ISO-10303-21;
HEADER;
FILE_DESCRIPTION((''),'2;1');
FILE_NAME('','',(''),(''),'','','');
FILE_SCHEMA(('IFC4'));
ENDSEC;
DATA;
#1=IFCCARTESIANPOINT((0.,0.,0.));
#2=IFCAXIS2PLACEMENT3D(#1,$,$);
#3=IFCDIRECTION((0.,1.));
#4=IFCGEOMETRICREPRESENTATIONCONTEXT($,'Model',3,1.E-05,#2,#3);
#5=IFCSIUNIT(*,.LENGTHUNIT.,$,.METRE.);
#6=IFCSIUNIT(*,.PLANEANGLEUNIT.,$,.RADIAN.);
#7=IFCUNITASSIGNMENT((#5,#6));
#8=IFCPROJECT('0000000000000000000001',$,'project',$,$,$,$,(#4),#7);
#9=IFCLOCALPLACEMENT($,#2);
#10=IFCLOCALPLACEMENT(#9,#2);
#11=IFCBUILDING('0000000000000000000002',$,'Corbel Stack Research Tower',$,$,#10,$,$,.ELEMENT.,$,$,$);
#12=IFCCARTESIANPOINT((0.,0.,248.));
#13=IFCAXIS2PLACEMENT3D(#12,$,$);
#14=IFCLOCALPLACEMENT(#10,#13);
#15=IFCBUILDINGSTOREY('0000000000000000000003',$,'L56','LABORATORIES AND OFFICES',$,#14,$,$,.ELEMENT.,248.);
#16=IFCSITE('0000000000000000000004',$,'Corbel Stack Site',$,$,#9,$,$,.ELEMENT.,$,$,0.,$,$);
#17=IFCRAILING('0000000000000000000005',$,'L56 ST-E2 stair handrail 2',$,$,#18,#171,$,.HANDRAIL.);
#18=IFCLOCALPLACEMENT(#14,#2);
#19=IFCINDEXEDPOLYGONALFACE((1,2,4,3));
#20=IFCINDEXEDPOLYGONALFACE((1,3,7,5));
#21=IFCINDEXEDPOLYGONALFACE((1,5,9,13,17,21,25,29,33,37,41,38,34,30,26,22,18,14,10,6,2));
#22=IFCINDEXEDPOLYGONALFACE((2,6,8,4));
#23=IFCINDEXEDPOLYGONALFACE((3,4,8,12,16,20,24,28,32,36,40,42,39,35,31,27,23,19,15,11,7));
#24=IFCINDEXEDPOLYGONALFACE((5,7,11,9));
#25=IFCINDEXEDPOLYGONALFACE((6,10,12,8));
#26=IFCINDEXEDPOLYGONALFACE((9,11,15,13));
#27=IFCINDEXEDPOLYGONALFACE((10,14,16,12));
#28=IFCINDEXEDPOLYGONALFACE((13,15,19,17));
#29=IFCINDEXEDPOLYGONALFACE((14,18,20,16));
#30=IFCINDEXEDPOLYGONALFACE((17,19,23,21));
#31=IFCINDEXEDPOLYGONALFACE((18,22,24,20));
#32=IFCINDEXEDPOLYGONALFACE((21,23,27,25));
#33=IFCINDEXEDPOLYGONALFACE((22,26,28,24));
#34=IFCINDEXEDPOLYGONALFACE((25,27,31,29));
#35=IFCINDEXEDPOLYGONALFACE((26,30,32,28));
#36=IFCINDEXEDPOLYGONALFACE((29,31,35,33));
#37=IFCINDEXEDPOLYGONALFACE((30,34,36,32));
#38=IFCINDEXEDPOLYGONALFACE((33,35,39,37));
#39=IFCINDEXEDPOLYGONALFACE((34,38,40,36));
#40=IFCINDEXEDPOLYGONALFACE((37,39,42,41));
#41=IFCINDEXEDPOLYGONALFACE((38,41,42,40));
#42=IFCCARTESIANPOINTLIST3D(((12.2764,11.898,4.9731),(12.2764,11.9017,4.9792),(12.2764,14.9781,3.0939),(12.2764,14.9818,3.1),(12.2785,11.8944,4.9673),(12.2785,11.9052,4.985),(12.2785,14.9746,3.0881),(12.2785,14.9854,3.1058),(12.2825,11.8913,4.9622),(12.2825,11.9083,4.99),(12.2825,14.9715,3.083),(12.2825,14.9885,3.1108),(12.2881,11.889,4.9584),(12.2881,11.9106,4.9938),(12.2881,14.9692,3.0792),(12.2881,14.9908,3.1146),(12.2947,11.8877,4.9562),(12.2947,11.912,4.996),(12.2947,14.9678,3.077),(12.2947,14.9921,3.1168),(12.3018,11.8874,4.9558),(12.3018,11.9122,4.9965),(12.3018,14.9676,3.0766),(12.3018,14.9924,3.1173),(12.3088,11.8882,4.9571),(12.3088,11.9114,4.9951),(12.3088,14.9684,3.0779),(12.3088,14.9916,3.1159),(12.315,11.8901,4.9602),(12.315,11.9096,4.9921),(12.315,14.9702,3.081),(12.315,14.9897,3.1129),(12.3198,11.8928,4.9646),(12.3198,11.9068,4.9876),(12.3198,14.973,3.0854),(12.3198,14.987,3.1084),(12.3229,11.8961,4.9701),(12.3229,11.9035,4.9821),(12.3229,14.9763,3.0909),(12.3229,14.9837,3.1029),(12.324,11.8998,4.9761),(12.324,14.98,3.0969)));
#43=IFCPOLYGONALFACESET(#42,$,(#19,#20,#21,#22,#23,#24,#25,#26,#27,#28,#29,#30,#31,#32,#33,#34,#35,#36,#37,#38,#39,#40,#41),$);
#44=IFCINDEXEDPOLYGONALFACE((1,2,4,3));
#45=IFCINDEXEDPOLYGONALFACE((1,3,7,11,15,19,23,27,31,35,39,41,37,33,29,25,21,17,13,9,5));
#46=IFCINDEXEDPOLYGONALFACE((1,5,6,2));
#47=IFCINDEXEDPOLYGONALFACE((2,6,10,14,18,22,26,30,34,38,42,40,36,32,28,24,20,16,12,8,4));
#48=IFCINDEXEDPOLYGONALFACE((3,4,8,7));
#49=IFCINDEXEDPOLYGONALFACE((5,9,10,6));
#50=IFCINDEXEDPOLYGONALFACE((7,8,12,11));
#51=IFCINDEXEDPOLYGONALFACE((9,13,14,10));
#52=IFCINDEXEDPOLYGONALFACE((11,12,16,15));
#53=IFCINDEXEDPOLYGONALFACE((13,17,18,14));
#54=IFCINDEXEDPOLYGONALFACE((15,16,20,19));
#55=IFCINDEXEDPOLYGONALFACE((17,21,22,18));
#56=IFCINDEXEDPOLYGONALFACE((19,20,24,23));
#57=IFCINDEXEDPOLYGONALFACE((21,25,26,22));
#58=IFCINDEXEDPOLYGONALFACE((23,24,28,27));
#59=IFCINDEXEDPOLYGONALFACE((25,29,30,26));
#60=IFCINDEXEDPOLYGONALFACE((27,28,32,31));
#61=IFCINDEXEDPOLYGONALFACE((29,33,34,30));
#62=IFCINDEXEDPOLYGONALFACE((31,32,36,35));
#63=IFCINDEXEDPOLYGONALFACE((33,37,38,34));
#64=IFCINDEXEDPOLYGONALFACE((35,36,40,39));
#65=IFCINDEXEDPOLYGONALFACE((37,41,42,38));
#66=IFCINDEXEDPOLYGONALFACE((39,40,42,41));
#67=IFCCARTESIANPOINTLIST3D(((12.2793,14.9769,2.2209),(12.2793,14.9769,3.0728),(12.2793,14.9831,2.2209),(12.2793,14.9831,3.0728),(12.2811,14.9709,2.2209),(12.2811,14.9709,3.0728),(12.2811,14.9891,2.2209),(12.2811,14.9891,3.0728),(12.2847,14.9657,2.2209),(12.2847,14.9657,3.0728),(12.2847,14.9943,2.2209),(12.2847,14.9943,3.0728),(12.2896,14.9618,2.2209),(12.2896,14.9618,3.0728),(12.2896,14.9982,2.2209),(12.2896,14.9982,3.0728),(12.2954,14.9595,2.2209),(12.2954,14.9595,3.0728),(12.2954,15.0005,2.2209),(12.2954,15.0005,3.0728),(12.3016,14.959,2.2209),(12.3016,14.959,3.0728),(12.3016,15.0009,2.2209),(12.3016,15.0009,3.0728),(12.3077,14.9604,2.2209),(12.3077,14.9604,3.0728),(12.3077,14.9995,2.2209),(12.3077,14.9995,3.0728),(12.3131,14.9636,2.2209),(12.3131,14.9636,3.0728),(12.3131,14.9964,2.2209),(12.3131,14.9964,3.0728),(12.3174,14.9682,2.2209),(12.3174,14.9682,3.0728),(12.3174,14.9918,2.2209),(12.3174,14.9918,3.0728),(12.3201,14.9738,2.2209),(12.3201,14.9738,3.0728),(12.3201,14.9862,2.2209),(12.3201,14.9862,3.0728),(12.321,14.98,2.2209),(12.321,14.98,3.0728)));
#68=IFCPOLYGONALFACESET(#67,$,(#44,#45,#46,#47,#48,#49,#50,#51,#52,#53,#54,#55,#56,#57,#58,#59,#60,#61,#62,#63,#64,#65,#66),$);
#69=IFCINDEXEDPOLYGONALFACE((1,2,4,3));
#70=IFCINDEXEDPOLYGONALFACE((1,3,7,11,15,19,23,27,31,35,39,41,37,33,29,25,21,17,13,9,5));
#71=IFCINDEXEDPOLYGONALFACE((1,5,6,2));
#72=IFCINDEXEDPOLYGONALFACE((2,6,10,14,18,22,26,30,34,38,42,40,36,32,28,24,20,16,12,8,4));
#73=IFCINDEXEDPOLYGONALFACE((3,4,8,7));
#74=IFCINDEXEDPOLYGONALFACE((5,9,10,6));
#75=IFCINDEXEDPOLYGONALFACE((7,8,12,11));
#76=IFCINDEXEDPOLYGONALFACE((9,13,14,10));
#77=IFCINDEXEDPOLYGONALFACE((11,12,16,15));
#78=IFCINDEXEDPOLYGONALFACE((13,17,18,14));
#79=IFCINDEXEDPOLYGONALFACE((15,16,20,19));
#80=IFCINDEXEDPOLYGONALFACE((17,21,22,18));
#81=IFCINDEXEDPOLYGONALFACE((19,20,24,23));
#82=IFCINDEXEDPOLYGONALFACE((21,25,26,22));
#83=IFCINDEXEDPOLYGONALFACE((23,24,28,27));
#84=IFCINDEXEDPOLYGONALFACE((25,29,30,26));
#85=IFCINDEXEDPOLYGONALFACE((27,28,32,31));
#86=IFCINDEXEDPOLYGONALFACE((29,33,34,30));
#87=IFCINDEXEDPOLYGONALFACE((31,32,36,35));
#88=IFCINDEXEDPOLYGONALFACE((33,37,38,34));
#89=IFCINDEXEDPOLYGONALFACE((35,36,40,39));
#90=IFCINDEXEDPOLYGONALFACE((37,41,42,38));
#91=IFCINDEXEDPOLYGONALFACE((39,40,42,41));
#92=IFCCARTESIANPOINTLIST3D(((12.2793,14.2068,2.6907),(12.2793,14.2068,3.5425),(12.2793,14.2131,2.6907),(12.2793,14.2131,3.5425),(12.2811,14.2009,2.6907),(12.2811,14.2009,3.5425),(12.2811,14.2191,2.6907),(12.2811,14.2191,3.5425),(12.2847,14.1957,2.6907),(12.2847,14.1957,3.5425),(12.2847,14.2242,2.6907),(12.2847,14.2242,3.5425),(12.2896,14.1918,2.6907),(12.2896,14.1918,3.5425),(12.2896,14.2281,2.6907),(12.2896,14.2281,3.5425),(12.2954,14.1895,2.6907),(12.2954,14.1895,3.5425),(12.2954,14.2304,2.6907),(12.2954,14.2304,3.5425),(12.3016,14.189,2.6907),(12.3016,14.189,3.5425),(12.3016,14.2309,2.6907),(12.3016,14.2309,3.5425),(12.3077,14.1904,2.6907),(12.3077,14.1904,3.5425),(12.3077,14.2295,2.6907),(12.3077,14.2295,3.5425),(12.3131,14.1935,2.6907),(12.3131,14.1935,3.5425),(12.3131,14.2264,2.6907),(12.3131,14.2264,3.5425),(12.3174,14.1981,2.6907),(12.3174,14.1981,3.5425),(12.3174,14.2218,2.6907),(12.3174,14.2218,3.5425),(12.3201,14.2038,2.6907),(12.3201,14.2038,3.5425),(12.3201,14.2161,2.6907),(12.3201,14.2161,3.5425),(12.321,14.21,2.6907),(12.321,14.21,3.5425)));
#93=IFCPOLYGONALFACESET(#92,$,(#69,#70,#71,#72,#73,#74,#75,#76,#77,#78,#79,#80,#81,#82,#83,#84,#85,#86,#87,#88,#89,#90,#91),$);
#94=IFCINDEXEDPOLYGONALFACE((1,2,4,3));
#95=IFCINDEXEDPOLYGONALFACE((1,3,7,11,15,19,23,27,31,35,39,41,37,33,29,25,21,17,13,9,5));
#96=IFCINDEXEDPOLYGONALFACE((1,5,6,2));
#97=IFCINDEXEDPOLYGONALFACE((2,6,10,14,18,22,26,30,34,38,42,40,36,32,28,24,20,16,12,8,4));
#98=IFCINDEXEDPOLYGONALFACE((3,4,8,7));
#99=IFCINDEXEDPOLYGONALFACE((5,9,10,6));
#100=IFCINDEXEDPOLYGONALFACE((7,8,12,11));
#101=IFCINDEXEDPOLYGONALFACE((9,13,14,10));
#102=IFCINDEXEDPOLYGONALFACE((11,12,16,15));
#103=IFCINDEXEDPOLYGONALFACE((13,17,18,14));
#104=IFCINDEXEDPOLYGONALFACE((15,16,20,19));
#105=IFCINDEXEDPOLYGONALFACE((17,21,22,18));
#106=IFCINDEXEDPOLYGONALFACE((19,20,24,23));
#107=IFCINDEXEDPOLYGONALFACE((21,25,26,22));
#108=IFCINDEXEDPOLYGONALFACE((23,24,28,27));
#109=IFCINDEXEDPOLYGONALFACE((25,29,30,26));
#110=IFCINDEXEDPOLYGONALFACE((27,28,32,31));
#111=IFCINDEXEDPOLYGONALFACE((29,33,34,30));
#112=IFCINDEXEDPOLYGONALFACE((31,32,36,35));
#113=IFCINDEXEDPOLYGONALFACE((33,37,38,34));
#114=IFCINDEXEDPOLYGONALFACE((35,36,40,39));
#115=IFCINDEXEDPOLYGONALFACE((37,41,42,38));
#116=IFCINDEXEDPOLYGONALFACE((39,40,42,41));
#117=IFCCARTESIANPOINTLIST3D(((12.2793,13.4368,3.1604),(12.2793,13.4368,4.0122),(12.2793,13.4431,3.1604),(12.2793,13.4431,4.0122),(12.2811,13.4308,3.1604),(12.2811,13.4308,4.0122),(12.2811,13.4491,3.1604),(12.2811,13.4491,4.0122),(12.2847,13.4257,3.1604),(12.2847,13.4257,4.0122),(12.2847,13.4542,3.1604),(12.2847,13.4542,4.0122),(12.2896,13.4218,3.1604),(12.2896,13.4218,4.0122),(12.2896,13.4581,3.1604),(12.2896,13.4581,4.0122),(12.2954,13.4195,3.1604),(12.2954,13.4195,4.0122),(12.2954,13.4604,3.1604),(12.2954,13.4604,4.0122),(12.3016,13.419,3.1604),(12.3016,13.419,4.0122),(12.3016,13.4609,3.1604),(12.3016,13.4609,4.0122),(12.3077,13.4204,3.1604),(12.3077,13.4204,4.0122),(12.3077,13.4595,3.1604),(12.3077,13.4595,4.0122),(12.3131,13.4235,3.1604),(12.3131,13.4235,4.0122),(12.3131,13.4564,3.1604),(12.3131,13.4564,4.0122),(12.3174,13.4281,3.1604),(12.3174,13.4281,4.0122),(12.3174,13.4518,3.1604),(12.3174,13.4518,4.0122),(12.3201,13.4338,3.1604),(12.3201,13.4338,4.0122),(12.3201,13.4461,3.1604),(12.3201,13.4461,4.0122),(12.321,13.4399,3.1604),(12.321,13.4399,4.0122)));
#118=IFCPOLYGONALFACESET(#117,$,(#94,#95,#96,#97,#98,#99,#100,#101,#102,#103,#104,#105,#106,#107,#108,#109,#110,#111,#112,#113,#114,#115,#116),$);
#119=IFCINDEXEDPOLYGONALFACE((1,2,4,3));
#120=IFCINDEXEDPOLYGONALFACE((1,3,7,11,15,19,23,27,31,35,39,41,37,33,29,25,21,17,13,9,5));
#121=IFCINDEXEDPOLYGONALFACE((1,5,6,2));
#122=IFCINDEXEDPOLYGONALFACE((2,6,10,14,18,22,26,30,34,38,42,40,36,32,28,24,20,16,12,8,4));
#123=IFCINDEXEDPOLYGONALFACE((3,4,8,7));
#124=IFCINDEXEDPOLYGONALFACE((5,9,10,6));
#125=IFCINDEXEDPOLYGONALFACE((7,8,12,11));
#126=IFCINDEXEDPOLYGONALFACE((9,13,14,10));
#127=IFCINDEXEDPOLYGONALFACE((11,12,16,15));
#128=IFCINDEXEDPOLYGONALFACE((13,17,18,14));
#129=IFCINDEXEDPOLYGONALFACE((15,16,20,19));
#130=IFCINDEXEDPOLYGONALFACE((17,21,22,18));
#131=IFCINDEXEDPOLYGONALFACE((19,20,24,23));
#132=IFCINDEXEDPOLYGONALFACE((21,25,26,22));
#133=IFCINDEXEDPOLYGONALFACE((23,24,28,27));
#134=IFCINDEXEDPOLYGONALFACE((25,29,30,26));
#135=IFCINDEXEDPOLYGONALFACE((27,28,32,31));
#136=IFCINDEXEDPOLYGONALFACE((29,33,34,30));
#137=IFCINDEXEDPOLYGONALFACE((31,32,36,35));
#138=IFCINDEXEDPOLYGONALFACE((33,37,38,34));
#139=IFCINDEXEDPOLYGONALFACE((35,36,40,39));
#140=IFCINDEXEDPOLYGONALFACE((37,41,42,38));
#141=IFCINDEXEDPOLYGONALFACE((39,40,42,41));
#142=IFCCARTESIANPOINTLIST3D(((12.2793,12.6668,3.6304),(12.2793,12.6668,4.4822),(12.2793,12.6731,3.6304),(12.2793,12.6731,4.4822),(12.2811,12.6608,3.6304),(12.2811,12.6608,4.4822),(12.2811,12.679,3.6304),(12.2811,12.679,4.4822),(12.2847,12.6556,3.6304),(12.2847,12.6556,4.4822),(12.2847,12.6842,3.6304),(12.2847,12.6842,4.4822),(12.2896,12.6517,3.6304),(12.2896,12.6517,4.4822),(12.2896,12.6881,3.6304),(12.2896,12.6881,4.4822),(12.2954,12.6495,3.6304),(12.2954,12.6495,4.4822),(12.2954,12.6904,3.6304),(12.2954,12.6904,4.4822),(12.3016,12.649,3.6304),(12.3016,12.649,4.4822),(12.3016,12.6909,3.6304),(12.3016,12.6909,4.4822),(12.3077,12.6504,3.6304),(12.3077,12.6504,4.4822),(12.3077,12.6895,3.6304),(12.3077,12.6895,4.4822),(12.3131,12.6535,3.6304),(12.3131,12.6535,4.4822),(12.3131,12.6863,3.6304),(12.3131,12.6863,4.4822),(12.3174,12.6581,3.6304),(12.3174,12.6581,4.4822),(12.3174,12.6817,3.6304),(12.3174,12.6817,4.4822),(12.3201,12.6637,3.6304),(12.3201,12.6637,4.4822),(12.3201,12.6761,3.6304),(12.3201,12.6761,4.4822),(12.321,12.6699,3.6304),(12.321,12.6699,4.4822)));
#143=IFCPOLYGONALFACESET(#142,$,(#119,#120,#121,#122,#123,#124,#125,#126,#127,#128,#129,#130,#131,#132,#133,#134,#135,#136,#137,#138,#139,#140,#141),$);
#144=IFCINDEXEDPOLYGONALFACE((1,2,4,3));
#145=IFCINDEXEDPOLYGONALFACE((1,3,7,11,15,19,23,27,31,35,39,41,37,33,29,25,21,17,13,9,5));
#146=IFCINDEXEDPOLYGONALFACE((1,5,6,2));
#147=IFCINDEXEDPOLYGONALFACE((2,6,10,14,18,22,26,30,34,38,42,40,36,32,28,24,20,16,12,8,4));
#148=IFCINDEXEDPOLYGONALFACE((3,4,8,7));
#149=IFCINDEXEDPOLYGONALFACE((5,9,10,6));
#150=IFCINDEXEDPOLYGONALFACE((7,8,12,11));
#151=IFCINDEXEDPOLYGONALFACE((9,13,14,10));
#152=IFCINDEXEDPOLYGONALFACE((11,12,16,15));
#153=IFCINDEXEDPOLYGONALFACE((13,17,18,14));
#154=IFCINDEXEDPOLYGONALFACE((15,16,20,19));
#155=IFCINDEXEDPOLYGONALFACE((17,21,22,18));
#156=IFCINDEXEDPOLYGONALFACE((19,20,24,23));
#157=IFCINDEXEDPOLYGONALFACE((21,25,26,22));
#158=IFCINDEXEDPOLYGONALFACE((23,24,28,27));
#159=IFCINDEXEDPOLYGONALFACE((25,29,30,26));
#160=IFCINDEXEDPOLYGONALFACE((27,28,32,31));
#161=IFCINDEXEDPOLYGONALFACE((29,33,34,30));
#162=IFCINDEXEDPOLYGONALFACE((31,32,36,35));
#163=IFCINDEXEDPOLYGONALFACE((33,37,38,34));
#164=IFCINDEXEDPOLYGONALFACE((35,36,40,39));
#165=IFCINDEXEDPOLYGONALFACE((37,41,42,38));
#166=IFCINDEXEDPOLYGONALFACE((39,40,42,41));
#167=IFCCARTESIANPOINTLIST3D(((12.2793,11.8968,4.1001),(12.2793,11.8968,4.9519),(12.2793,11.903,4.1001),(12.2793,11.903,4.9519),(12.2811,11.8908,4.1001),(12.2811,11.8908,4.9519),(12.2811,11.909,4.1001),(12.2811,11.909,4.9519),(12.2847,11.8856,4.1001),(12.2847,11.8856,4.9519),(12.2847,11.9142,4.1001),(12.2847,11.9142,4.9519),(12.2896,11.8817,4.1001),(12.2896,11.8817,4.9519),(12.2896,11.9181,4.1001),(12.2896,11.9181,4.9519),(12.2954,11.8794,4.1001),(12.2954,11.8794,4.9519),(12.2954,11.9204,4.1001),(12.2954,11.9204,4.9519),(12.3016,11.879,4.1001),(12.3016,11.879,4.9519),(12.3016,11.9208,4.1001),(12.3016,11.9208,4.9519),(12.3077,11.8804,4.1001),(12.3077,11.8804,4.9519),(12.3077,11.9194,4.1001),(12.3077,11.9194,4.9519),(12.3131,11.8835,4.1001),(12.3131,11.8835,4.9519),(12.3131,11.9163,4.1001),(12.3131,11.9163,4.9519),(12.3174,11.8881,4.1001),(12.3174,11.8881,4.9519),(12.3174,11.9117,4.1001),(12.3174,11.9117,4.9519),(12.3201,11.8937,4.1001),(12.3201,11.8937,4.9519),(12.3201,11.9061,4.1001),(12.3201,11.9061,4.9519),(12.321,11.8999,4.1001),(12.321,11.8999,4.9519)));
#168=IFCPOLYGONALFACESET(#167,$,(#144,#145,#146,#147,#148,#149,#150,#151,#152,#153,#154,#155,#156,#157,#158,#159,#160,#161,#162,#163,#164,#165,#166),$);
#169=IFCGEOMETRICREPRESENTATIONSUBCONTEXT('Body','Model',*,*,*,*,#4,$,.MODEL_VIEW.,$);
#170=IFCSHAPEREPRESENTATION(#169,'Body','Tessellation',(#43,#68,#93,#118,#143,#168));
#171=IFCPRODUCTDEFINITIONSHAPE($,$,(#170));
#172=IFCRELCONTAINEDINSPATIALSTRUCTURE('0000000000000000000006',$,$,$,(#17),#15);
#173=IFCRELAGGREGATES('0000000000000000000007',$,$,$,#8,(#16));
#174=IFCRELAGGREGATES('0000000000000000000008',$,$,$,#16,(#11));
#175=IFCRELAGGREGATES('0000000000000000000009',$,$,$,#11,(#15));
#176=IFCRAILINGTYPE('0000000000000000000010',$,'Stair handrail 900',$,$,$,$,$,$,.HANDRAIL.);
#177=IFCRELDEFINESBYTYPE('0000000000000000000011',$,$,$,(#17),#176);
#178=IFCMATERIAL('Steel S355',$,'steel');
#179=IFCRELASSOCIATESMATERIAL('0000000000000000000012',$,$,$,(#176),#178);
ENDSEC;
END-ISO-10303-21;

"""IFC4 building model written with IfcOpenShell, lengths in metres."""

from ifc_helpers import new_model, si_unit, direction, frame, origin, origin_2d, place, context, subcontext, project, spatial, circle, extrude, material, type_object, element, save


model = new_model("IFC4")

# Units and contexts
model_context = context("Model", 3, precision=1e-05, world=origin(), true_north=direction((0.0, 1.0)))
body_context = subcontext(model_context, "Body", "Model", "MODEL_VIEW")
ifc_project = project(units=[si_unit("LENGTHUNIT", "METRE"), si_unit("PLANEANGLEUNIT", "RADIAN")], contexts=[model_context])

# Site, building, storey
site_placement = place(None, origin())
site = spatial("IfcSite", under=ifc_project, at=site_placement, Name="Corbel Stack Site", CompositionType="ELEMENT", RefElevation=0.0)
building_placement = place(site_placement, origin())
building = spatial("IfcBuilding", under=site, at=building_placement, Name="Corbel Stack Research Tower", CompositionType="ELEMENT")
storey_placement = place(building_placement, frame((0.0, 0.0, 248.0)))
storey = spatial("IfcBuildingStorey", under=building, at=storey_placement, Name="L56", Description="LABORATORIES AND OFFICES", CompositionType="ELEMENT", Elevation=248.0)

# Railing
ifc_material_1 = material(Name="Steel S355", Category="steel")
railing_type_1 = type_object("IfcRailingType", Name="Stair handrail 900", PredefinedType="HANDRAIL", material=ifc_material_1)
railing_1_placement = place(storey_placement, frame((12.3, 14.98, 2.2209)))
element("IfcRailing", 1, at=railing_1_placement, inside=storey, type_object=railing_type_1, Name="L56 ST-E2 stair handrail 2", PredefinedType="HANDRAIL", context=body_context, shape_type="SweptSolid", body=[
    extrude(circle(Radius=0.0239, at=origin_2d()), frame((0.0, 0.0, 0.876), z_axis=(0.0, -0.853666, 0.52082), x_axis=(1.0, 0.0, 0.0)), (0.0, 0.0, 1.0), 3.6082),
    extrude(circle(Radius=0.021, at=origin_2d()), origin(), (0.0, 0.0, 1.0), 0.8518),
    extrude(circle(Radius=0.021, at=origin_2d()), frame((0.0, -0.77, 0.4697)), (0.0, 0.0, 1.0), 0.8518),
    extrude(circle(Radius=0.021, at=origin_2d()), frame((0.0, -1.54, 0.9395)), (0.0, 0.0, 1.0), 0.8518),
    extrude(circle(Radius=0.021, at=origin_2d()), frame((0.0, -2.3101, 1.4094)), (0.0, 0.0, 1.0), 0.8518),
    extrude(circle(Radius=0.021, at=origin_2d()), frame((0.0, -3.0801, 1.8792)), (0.0, 0.0, 1.0), 0.8518),
])

save(model, "model.ifc")
